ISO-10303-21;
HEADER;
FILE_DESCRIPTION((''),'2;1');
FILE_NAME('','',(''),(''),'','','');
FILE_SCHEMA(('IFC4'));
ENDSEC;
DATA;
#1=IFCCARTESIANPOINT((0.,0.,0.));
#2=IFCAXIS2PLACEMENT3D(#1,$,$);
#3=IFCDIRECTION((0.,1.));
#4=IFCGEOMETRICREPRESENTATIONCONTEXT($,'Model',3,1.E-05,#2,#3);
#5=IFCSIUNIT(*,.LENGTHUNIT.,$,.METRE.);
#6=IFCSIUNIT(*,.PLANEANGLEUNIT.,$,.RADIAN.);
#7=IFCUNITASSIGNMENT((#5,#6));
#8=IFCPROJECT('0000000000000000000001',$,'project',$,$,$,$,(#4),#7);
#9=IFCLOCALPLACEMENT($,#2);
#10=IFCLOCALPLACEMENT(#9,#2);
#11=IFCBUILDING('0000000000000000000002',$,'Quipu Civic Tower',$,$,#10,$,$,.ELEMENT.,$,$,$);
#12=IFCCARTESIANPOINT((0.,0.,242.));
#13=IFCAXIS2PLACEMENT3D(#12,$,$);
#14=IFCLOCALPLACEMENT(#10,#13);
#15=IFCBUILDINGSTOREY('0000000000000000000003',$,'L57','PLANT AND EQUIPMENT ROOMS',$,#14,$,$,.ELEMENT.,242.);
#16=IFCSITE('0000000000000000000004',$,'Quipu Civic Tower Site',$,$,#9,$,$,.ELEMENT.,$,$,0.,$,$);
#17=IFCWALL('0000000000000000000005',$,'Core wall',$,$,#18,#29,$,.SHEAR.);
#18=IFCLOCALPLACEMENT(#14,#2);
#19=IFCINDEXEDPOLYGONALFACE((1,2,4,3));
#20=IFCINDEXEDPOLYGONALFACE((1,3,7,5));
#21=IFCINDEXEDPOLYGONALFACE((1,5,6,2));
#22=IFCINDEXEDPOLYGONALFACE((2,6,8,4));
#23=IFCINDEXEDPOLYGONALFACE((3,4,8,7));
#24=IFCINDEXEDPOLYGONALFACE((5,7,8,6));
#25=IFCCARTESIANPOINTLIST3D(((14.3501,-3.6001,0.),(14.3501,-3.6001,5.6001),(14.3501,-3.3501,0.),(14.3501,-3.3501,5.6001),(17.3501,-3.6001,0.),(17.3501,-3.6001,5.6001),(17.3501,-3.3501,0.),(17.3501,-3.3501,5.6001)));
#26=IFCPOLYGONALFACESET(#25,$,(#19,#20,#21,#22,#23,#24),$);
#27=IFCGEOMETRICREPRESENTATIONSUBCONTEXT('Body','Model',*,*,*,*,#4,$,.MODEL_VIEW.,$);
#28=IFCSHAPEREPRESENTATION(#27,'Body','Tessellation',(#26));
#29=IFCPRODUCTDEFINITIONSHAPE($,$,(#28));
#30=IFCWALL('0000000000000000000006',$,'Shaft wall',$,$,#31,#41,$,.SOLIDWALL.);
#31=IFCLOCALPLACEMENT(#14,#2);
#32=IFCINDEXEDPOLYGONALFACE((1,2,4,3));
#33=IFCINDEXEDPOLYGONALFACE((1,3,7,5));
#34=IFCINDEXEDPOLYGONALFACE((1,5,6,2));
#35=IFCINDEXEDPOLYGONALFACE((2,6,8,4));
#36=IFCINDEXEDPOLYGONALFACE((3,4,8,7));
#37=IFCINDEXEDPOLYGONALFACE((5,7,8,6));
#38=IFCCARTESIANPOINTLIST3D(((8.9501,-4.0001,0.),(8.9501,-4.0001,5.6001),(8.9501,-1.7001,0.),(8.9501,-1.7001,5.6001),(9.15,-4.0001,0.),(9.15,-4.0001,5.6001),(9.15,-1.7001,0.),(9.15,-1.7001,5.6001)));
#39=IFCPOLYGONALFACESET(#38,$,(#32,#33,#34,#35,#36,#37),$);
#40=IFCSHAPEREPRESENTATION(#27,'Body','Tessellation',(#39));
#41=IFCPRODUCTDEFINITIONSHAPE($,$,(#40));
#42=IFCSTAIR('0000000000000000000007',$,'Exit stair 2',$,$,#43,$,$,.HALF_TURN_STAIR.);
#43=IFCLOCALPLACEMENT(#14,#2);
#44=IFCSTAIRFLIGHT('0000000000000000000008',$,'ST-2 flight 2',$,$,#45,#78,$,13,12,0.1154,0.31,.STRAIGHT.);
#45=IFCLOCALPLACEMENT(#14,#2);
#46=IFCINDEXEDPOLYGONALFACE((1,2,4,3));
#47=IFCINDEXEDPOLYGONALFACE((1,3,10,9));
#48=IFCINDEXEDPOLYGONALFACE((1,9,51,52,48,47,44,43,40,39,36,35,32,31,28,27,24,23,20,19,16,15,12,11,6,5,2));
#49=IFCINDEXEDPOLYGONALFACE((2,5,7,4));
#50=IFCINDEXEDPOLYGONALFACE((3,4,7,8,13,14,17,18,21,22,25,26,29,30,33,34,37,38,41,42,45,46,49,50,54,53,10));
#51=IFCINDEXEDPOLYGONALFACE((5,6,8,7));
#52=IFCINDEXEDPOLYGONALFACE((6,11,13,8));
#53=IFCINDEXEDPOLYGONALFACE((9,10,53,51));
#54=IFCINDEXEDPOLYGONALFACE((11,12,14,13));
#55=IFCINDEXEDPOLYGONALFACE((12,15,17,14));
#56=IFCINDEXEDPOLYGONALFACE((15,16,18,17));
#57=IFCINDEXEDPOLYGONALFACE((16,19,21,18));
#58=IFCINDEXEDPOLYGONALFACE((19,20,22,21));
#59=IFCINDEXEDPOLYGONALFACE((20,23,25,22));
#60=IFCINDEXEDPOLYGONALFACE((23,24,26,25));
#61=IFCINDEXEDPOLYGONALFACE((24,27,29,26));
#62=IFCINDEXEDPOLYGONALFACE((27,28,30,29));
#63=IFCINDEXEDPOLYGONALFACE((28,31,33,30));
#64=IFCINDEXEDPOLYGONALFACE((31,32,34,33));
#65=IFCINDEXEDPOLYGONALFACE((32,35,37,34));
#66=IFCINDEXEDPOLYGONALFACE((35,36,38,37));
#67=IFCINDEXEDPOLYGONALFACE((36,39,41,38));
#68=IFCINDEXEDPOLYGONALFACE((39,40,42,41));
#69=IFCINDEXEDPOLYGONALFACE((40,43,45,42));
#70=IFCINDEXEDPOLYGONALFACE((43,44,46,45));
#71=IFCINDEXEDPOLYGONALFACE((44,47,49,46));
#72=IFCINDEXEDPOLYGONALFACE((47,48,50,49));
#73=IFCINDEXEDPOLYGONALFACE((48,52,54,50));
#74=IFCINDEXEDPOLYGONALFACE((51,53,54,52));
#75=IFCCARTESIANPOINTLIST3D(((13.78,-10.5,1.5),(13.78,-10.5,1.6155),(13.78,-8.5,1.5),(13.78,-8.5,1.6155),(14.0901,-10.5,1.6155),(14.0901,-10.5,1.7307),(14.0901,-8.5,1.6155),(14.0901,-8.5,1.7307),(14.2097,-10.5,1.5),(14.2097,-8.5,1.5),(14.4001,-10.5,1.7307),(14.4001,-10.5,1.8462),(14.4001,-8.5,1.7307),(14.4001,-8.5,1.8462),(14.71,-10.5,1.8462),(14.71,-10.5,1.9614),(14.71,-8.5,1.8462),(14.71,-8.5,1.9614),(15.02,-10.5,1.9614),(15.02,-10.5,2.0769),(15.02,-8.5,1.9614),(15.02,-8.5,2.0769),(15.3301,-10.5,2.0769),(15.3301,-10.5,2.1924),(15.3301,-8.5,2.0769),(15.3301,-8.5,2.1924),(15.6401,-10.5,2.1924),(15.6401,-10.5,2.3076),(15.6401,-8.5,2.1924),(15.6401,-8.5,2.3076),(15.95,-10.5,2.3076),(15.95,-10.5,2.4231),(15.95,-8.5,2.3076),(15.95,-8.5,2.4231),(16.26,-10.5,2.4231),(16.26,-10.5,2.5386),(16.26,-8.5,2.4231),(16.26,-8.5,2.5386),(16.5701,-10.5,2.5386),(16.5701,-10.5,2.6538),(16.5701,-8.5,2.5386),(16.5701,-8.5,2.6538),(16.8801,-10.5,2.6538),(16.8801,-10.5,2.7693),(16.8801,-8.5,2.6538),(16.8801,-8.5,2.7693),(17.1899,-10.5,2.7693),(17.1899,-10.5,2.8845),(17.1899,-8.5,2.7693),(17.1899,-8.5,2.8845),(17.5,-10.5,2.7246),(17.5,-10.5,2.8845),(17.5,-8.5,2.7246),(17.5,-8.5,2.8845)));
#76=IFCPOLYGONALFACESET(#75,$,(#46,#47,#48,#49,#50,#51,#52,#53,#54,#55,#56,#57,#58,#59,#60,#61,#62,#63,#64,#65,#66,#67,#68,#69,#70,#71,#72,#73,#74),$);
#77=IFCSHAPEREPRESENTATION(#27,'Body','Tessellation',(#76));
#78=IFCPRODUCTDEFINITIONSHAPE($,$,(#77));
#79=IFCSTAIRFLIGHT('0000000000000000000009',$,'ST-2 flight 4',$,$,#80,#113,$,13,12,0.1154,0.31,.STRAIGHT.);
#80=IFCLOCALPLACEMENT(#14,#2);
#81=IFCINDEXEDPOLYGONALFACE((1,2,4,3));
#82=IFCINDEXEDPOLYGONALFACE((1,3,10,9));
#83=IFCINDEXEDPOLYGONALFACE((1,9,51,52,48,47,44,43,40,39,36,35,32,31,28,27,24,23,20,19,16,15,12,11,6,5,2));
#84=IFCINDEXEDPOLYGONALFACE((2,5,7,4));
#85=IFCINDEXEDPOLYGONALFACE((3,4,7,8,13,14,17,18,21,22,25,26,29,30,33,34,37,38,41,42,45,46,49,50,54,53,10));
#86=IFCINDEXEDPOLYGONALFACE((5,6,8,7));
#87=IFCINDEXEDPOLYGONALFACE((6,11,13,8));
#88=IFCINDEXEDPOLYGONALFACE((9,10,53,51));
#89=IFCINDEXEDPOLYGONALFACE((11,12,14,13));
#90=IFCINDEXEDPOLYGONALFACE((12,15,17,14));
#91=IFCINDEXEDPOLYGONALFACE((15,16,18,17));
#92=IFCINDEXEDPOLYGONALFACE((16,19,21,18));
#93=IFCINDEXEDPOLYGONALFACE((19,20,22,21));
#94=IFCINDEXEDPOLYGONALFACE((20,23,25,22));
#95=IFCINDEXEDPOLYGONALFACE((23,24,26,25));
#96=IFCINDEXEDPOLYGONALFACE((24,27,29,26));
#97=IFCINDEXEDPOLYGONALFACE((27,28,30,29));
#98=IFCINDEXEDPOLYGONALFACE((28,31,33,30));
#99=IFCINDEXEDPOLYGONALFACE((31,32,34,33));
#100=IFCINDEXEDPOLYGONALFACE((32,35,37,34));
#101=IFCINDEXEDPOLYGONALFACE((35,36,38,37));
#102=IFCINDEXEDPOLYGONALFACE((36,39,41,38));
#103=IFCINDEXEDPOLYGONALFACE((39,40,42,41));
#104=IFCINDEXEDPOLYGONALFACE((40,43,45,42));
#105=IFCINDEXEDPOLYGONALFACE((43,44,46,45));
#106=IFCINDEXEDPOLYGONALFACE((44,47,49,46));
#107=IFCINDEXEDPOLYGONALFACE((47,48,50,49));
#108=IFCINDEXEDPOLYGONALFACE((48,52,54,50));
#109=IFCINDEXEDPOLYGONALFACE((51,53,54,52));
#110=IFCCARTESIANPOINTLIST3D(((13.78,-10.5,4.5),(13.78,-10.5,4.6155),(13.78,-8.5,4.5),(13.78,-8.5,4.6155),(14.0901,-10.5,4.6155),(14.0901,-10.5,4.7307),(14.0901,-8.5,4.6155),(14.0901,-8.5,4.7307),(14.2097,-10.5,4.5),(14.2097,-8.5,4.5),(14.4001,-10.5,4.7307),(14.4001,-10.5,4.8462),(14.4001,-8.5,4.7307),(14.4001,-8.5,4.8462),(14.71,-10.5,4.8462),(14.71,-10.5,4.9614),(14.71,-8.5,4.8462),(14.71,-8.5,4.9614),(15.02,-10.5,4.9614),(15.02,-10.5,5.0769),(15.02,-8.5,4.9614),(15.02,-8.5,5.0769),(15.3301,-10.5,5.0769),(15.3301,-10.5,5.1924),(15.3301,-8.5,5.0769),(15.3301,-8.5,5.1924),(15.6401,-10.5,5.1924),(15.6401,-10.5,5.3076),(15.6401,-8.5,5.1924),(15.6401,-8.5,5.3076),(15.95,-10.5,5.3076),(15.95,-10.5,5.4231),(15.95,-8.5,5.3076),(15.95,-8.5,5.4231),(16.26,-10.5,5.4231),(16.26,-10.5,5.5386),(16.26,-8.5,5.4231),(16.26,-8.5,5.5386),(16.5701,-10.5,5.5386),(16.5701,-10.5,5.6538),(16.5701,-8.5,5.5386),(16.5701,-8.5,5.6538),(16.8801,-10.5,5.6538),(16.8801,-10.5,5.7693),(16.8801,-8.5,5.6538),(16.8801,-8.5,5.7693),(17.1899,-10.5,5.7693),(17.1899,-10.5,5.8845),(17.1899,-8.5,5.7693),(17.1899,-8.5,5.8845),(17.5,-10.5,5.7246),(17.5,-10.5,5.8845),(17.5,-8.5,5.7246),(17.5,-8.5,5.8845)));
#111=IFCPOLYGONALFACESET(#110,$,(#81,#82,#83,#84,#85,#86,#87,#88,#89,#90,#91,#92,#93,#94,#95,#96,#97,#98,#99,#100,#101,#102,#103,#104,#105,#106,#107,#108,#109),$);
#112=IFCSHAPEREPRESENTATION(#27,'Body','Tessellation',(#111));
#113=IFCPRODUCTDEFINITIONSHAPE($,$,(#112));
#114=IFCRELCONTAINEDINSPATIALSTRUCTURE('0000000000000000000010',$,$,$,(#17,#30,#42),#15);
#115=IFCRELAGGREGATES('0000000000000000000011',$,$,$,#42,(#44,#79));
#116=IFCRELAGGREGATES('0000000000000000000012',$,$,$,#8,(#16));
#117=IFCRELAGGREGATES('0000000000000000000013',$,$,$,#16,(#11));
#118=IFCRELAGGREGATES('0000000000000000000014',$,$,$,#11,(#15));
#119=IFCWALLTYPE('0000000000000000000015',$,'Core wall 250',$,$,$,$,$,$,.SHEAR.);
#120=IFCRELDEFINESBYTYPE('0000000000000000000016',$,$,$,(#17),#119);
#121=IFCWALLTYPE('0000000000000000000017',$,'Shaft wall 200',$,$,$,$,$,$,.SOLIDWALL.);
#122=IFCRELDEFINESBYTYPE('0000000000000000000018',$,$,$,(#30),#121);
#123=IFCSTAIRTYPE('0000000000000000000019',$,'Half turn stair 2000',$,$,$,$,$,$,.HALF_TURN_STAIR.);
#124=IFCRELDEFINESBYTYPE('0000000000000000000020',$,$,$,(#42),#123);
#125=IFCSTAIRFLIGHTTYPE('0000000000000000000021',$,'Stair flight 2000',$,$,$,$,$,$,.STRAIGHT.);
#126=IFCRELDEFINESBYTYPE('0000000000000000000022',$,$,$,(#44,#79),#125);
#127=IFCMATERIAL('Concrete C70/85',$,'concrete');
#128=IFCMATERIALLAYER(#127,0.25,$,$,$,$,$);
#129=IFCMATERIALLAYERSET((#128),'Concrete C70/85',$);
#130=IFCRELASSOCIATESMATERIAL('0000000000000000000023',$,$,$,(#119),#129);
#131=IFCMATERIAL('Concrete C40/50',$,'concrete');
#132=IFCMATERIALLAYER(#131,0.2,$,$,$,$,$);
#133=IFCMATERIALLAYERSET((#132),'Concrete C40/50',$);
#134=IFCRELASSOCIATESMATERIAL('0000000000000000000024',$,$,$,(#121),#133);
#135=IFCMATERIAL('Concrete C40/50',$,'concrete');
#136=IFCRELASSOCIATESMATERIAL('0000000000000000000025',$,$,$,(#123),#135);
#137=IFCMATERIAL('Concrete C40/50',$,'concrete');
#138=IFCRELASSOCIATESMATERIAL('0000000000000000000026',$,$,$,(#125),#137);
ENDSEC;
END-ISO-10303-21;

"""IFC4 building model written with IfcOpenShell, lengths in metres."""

from ifc_helpers import new_model, si_unit, direction, frame, frame_2d, origin, place, context, subcontext, project, spatial, polyline, rectangle, outline, extrude, material, layer, layer_set, type_object, element, aggregate, save


model = new_model("IFC4")

# Units and contexts
model_context = context("Model", 3, precision=1e-05, world=origin(), true_north=direction((0.0, 1.0)))
body_context = subcontext(model_context, "Body", "Model", "MODEL_VIEW")
ifc_project = project(units=[si_unit("LENGTHUNIT", "METRE"), si_unit("PLANEANGLEUNIT", "RADIAN")], contexts=[model_context])

# Site, building, storey
site_placement = place(None, origin())
site = spatial("IfcSite", under=ifc_project, at=site_placement, Name="Quipu Civic Tower Site", CompositionType="ELEMENT", RefElevation=0.0)
building_placement = place(site_placement, origin())
building = spatial("IfcBuilding", under=site, at=building_placement, Name="Quipu Civic Tower", CompositionType="ELEMENT")
storey_placement = place(building_placement, frame((0.0, 0.0, 242.0)))
storey = spatial("IfcBuildingStorey", under=building, at=storey_placement, Name="L57", Description="PLANT AND EQUIPMENT ROOMS", CompositionType="ELEMENT", Elevation=242.0)

# Shared definitions
ifc_material_1 = material(Name="Concrete C70/85", Category="concrete")
ifc_layer_1 = layer(ifc_material_1, 0.25)
ifc_layer_set_1 = layer_set([ifc_layer_1], Name="Concrete C70/85")
wall_type_1 = type_object("IfcWallType", Name="Core wall 250", PredefinedType="SHEAR", material=ifc_layer_set_1)

# Walls
wall_1_placement = place(storey_placement, frame((14.3501, -3.4751, 0.0), z_axis=(0.0, 0.0, 1.0), x_axis=(1.0, 0.0, 0.0)))
element("IfcWall", 1, at=wall_1_placement, inside=storey, type_object=wall_type_1, Name="Core wall", PredefinedType="SHEAR", context=body_context, shape_type="SweptSolid", body=[
    extrude(rectangle(XDim=3.0, YDim=0.25, at=frame_2d((1.5, 0.0))), origin(), (0.0, 0.0, 1.0), 5.6001),
])
ifc_material_2 = material(Name="Concrete C40/50", Category="concrete")
ifc_layer_2 = layer(ifc_material_2, 0.2)
ifc_layer_set_2 = layer_set([ifc_layer_2], Name="Concrete C40/50")
wall_type_2 = type_object("IfcWallType", Name="Shaft wall 200", PredefinedType="SOLIDWALL", material=ifc_layer_set_2)
wall_2_placement = place(storey_placement, frame((9.05, -4.0, 0.0), z_axis=(0.0, 0.0, 1.0), x_axis=(0.0, 1.0, 0.0)))
element("IfcWall", 2, at=wall_2_placement, inside=storey, type_object=wall_type_2, Name="Shaft wall", PredefinedType="SOLIDWALL", context=body_context, shape_type="SweptSolid", body=[
    extrude(rectangle(XDim=2.3, YDim=0.2, at=frame_2d((1.1499, 0.0))), origin(), (0.0, 0.0, 1.0), 5.6001),
])

# Stair, stair flights
ifc_material_3 = material(Name="Concrete C40/50", Category="concrete")
stair_type = type_object("IfcStairType", Name="Half turn stair 2000", PredefinedType="HALF_TURN_STAIR", material=ifc_material_3)
stair_placement = place(storey_placement, origin())
stair = element("IfcStair", 3, at=stair_placement, inside=storey, type_object=stair_type, Name="Exit stair 2", PredefinedType="HALF_TURN_STAIR")
ifc_material_4 = material(Name="Concrete C40/50", Category="concrete")
stair_flight_type = type_object("IfcStairFlightType", Name="Stair flight 2000", PredefinedType="STRAIGHT", material=ifc_material_4)
stair_flight_1_placement = place(storey_placement, frame((13.78, -9.5, 1.5), z_axis=(0.0, 0.0, 1.0), x_axis=(1.0, 0.0, 0.0)))
stair_flight_1 = element("IfcStairFlight", 4, at=stair_flight_1_placement, type_object=stair_flight_type, Name="ST-2 flight 2", NumberOfRisers=13, NumberOfTreads=12, PredefinedType="STRAIGHT", RiserHeight=0.1154, TreadLength=0.31, context=body_context, shape_type="SweptSolid", body=[
    extrude(outline(polyline([(0.0, 0.0), (0.0, 0.1155), (0.3101, 0.1155), (0.3101, 0.2307), (0.6201, 0.2307), (0.6201, 0.3462), (0.9299, 0.3462), (0.9299, 0.4614), (1.24, 0.4614), (1.24, 0.5769), (1.55, 0.5769), (1.55, 0.6924), (1.8601, 0.6924), (1.8601, 0.8076), (2.1699, 0.8076), (2.1699, 0.9231), (2.48, 0.9231), (2.48, 1.0386), (2.79, 1.0386), (2.79, 1.1538), (3.1001, 1.1538), (3.1001, 1.2693), (3.4099, 1.2693), (3.4099, 1.3845), (3.72, 1.3845), (3.72, 1.5), (3.72, 1.2246), (0.4297, 0.0), (0.0, 0.0)])), frame((0.0, 1.0, 0.0), z_axis=(0.0, -1.0, 0.0), x_axis=(1.0, 0.0, 0.0)), (0.0, 0.0, 1.0), 2.0),
])
stair_flight_2_placement = place(storey_placement, frame((13.78, -9.5, 4.5), z_axis=(0.0, 0.0, 1.0), x_axis=(1.0, 0.0, 0.0)))
stair_flight_2 = element("IfcStairFlight", 5, at=stair_flight_2_placement, type_object=stair_flight_type, Name="ST-2 flight 4", NumberOfRisers=13, NumberOfTreads=12, PredefinedType="STRAIGHT", RiserHeight=0.1154, TreadLength=0.31, context=body_context, shape_type="SweptSolid", body=[
    extrude(outline(polyline([(0.0, 0.0), (0.0, 0.1155), (0.3101, 0.1155), (0.3101, 0.2307), (0.6201, 0.2307), (0.6201, 0.3462), (0.9299, 0.3462), (0.9299, 0.4614), (1.24, 0.4614), (1.24, 0.5769), (1.55, 0.5769), (1.55, 0.6924), (1.8601, 0.6924), (1.8601, 0.8076), (2.1699, 0.8076), (2.1699, 0.9231), (2.48, 0.9231), (2.48, 1.0386), (2.79, 1.0386), (2.79, 1.1538), (3.1001, 1.1538), (3.1001, 1.2693), (3.4099, 1.2693), (3.4099, 1.3845), (3.72, 1.3845), (3.72, 1.5), (3.72, 1.2246), (0.4297, 0.0), (0.0, 0.0)])), frame((0.0, 1.0, 0.0), z_axis=(0.0, -1.0, 0.0), x_axis=(1.0, 0.0, 0.0)), (0.0, 0.0, 1.0), 2.0),
])
aggregate(stair, [stair_flight_1, stair_flight_2])

save(model, "model.ifc")
